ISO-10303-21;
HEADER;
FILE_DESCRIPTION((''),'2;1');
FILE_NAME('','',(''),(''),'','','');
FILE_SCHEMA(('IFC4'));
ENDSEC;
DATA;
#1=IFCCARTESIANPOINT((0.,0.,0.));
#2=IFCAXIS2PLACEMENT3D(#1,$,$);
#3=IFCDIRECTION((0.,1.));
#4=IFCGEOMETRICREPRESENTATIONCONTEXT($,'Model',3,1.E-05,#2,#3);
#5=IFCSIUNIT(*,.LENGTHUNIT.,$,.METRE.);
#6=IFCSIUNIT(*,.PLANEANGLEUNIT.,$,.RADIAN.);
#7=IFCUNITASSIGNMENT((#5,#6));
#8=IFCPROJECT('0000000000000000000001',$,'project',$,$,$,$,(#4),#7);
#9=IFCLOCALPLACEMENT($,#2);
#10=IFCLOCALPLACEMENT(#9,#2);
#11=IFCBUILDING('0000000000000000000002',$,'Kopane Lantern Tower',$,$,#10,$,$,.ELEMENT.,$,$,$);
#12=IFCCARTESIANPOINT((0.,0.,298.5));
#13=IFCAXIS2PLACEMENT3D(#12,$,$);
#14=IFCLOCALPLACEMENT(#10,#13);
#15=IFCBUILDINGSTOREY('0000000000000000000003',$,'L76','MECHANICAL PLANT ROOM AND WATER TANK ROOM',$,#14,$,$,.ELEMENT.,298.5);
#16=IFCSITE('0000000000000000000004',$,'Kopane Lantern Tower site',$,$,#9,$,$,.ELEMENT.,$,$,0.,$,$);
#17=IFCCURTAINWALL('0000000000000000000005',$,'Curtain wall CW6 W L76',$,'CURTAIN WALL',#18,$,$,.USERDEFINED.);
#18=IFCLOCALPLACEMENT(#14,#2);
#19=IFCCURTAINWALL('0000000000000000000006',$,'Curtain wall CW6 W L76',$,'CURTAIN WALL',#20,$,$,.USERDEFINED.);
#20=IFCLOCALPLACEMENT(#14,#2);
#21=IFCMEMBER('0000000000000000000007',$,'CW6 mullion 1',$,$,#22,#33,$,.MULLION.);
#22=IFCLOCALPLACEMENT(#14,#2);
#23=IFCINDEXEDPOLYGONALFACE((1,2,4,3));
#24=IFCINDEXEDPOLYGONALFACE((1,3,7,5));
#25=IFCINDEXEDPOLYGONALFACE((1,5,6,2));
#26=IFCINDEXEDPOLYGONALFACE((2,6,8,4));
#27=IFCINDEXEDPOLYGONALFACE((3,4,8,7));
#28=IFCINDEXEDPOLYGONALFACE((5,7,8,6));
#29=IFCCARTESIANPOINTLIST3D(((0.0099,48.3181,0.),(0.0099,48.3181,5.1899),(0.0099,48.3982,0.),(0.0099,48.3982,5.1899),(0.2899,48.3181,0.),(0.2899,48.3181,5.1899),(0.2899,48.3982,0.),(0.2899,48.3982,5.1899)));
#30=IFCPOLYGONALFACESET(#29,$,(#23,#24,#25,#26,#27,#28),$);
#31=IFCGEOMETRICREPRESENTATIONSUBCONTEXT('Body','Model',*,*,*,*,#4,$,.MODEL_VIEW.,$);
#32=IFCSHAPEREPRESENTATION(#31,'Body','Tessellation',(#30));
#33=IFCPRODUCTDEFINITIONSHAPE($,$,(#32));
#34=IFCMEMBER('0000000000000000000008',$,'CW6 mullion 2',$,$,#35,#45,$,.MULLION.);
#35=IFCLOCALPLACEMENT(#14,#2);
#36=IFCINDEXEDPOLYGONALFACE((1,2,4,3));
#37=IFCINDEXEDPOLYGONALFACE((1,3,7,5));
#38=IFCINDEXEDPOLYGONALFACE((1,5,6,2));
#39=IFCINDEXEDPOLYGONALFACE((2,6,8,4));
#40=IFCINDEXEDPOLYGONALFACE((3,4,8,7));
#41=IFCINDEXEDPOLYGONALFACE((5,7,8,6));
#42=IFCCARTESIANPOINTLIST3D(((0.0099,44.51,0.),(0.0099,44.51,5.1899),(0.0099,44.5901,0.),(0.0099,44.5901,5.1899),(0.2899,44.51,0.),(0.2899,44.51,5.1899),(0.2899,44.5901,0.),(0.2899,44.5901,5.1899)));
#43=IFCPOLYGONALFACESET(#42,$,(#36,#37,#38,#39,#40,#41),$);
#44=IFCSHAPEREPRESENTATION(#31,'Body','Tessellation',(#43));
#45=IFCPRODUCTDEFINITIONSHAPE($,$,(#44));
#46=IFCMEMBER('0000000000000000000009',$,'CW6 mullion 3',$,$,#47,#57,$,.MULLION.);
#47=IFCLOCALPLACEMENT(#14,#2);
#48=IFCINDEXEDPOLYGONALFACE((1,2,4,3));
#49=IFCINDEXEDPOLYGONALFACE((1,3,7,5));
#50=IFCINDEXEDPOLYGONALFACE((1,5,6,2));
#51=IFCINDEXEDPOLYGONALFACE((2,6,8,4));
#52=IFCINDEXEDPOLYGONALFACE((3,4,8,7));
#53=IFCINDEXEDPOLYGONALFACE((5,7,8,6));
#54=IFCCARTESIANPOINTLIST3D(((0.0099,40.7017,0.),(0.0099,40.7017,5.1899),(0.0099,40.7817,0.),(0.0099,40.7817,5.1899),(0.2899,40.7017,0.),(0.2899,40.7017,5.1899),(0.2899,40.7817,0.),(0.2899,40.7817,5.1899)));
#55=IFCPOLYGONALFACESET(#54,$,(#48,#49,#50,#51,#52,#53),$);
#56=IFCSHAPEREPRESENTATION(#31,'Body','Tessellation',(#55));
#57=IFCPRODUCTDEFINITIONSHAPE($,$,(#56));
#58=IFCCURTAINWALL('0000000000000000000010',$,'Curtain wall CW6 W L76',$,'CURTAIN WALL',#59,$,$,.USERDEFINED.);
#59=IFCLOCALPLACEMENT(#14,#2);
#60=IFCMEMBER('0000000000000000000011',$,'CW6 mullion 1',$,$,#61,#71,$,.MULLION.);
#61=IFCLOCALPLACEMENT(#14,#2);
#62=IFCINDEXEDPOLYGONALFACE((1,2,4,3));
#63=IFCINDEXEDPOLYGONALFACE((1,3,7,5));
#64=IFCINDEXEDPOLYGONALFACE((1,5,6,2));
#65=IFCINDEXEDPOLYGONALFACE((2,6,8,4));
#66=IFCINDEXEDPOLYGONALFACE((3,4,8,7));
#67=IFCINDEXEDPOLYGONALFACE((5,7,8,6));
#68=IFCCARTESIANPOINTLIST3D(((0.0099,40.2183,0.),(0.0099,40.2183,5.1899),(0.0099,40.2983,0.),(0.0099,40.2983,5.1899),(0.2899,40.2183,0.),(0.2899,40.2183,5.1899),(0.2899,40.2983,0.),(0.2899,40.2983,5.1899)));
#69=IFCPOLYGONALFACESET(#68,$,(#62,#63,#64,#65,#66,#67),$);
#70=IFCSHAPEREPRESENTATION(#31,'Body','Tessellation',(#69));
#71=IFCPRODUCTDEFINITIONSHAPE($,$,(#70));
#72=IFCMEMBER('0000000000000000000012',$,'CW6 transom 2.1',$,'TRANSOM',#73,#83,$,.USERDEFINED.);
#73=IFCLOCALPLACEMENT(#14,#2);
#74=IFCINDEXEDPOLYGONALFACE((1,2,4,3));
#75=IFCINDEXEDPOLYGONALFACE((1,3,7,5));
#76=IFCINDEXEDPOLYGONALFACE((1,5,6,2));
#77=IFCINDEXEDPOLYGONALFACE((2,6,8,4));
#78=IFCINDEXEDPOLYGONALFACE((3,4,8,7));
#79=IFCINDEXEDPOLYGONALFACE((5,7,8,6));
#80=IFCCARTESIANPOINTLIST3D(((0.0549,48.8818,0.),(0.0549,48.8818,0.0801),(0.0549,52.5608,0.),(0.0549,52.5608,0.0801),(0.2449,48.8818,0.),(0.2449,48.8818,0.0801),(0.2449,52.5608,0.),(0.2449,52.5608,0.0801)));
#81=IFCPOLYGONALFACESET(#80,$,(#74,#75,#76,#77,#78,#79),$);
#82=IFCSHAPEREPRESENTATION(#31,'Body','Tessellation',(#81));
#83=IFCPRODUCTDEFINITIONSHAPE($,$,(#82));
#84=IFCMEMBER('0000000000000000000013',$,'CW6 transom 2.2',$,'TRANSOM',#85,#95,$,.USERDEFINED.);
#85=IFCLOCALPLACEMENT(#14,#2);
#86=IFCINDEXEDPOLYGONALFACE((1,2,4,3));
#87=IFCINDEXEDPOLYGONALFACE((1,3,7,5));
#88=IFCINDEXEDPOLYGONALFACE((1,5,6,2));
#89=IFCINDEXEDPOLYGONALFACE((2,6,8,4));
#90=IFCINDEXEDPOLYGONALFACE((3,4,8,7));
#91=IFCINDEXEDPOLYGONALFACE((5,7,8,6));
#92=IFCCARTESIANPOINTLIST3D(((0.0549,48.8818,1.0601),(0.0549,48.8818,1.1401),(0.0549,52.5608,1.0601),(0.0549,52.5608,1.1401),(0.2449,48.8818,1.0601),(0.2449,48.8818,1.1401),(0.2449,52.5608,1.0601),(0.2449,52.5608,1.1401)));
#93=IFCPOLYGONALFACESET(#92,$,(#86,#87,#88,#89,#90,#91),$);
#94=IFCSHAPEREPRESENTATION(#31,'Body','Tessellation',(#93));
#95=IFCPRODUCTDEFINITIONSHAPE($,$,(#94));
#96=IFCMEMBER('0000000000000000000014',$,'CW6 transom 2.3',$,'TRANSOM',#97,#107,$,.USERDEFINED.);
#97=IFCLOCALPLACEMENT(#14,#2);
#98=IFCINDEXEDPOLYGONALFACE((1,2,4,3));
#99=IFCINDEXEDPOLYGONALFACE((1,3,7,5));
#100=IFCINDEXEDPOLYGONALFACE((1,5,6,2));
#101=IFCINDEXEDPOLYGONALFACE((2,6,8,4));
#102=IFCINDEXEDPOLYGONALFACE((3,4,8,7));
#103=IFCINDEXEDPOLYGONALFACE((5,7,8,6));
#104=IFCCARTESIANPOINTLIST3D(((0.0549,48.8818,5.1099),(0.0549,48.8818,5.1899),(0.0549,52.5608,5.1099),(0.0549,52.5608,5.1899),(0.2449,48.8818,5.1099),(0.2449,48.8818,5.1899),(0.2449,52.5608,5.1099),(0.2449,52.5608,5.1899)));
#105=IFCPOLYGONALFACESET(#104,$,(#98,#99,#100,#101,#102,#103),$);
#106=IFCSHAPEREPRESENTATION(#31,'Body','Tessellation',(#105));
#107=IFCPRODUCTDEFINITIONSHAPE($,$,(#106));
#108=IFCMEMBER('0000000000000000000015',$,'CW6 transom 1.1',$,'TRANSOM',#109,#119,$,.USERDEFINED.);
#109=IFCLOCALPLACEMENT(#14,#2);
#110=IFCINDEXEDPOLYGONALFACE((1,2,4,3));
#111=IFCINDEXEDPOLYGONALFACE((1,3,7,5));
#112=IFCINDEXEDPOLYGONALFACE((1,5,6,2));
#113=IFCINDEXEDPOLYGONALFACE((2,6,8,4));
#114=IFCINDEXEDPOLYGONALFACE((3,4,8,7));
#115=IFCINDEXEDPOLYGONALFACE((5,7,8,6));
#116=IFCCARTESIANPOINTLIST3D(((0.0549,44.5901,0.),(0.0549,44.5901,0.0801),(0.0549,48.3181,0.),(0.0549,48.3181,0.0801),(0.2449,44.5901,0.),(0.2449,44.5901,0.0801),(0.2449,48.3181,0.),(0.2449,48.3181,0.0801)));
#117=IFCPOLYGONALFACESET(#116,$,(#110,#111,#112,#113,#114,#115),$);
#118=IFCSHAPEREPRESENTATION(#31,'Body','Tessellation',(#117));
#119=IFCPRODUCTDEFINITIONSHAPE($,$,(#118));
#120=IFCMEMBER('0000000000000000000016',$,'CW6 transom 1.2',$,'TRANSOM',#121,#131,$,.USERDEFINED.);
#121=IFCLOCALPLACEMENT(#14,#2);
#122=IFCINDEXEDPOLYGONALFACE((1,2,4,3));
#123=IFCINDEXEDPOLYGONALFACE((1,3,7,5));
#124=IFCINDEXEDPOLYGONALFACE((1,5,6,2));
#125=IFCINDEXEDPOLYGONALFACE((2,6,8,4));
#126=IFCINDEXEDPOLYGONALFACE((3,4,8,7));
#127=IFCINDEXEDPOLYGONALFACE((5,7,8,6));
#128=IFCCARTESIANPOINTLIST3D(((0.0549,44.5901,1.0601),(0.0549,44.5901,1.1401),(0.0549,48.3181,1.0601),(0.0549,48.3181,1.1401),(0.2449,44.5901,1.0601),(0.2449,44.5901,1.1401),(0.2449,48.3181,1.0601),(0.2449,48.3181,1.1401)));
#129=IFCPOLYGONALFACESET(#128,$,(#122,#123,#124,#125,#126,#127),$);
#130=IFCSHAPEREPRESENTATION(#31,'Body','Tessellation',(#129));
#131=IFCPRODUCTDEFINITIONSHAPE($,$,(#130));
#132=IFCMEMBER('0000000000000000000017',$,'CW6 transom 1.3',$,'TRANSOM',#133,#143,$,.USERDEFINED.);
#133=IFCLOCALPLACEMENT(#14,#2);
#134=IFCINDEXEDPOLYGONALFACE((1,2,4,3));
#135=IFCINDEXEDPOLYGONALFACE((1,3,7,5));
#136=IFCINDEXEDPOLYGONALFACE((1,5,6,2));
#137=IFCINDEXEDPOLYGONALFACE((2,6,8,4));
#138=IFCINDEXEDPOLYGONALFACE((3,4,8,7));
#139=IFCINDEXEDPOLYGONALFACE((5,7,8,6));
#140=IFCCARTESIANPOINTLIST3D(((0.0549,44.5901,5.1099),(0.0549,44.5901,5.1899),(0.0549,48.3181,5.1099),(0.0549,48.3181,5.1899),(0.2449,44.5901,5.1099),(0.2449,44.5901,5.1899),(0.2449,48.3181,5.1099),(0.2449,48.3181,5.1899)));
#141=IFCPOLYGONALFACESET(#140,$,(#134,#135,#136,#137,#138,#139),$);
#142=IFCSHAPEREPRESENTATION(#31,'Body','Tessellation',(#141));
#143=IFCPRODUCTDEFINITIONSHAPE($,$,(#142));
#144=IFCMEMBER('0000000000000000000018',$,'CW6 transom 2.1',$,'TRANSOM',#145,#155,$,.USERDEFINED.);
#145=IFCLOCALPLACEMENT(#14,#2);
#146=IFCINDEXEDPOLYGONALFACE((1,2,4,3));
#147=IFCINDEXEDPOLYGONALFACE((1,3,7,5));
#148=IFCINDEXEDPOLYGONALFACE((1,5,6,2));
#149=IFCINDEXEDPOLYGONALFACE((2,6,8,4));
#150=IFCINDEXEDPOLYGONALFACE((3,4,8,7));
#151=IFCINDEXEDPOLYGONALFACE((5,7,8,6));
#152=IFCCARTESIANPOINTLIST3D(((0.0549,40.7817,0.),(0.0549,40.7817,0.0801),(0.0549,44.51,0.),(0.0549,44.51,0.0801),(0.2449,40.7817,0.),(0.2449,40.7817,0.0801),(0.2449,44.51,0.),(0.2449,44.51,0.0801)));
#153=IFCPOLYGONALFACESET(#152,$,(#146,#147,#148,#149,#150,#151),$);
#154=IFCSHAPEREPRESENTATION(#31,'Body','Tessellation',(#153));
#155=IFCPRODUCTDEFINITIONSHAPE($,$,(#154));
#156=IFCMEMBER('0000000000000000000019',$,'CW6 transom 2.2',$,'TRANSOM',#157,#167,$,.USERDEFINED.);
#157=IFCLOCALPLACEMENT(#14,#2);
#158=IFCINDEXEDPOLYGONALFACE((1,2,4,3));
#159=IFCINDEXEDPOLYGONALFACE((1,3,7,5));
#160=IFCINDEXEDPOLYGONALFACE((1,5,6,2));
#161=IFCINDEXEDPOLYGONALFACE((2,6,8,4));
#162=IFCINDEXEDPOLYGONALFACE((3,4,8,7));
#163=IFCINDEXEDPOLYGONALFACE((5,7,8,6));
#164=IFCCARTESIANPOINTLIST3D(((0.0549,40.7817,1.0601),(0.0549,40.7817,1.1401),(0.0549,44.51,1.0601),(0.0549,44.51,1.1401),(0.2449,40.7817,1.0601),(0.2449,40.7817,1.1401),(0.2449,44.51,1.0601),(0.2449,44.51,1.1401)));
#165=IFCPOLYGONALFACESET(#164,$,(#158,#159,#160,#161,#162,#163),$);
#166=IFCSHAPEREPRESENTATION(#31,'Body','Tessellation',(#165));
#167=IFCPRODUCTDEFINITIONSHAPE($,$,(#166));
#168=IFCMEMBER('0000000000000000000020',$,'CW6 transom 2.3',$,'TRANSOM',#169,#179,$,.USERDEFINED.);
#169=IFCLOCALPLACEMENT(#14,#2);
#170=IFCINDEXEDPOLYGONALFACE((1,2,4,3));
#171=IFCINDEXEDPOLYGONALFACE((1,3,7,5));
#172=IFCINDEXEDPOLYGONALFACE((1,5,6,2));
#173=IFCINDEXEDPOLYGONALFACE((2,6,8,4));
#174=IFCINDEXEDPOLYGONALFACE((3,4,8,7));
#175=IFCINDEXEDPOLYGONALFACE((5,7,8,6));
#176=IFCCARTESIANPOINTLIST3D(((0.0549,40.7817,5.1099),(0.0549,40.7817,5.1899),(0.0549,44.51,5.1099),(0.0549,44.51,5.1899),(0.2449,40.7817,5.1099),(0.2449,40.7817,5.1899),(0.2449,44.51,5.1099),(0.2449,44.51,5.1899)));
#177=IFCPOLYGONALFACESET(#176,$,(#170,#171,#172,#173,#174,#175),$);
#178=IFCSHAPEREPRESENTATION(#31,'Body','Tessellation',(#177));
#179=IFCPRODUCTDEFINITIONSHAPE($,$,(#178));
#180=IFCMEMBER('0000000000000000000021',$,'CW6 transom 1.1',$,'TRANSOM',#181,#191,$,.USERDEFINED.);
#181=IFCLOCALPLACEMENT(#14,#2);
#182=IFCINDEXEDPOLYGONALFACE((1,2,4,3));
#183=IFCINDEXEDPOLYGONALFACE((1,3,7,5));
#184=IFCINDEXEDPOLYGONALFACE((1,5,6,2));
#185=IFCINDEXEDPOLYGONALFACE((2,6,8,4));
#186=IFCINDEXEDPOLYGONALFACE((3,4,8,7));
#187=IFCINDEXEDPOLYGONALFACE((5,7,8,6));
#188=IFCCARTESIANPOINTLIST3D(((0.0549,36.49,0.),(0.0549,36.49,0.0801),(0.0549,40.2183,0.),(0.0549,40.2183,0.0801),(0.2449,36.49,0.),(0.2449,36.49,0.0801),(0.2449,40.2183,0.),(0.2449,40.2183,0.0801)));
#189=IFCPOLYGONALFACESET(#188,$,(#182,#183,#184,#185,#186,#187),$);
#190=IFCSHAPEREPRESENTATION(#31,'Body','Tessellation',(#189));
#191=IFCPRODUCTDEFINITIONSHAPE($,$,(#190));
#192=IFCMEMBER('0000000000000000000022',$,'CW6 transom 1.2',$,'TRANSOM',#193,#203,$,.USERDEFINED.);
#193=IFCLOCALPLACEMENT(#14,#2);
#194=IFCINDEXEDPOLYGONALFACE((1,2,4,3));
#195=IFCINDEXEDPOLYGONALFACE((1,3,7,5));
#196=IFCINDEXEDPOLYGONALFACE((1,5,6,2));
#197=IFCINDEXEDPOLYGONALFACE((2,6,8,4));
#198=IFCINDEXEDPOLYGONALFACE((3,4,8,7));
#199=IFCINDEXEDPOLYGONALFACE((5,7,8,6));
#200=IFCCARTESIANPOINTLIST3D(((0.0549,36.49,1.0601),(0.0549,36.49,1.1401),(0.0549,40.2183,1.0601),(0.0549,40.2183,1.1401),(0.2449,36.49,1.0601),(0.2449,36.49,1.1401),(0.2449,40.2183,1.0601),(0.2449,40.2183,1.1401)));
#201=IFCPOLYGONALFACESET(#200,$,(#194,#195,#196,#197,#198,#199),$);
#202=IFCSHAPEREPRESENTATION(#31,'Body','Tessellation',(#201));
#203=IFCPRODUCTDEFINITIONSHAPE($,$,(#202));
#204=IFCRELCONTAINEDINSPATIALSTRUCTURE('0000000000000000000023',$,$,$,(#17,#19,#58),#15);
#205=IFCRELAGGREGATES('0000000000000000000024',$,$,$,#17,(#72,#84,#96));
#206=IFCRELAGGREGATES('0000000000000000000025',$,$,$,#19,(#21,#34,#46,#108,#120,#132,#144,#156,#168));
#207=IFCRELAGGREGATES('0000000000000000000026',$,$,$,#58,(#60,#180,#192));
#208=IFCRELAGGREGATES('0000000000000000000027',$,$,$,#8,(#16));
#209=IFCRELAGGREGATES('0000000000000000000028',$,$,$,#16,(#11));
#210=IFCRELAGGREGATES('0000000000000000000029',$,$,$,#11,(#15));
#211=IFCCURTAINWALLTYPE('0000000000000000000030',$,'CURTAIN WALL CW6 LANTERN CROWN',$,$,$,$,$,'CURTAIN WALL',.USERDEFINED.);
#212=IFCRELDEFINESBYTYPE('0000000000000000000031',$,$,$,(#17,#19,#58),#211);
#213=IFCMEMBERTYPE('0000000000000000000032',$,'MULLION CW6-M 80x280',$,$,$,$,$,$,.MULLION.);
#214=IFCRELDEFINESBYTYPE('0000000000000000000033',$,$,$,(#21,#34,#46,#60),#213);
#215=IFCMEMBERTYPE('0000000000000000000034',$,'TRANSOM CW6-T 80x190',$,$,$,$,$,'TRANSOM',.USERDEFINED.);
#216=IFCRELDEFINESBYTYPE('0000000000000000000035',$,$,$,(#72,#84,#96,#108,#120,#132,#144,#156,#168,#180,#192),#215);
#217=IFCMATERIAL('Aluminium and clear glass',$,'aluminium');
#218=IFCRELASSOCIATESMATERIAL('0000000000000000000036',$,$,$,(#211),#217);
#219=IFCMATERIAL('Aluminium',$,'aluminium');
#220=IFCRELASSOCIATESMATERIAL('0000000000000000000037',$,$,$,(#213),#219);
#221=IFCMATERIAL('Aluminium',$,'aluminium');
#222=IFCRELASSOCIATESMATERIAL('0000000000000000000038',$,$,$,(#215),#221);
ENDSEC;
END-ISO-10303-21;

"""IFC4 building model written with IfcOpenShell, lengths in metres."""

from ifc_helpers import new_model, si_unit, direction, frame, origin, origin_2d, place, context, subcontext, project, spatial, rectangle, extrude, material, material_profile, profile_set, type_object, element, aggregate, save


model = new_model("IFC4")

# Units and contexts
model_context = context("Model", 3, precision=1e-05, world=origin(), true_north=direction((0.0, 1.0)))
body_context = subcontext(model_context, "Body", "Model", "MODEL_VIEW")
ifc_project = project(units=[si_unit("LENGTHUNIT", "METRE"), si_unit("PLANEANGLEUNIT", "RADIAN")], contexts=[model_context])

# Site, building, storey
site_placement = place(None, origin())
site = spatial("IfcSite", under=ifc_project, at=site_placement, Name="Kopane Lantern Tower site", CompositionType="ELEMENT", RefElevation=0.0)
building_placement = place(site_placement, origin())
building = spatial("IfcBuilding", under=site, at=building_placement, Name="Kopane Lantern Tower", CompositionType="ELEMENT")
storey_placement = place(building_placement, frame((0.0, 0.0, 298.5)))
storey = spatial("IfcBuildingStorey", under=building, at=storey_placement, Name="L76", Description="MECHANICAL PLANT ROOM AND WATER TANK ROOM", CompositionType="ELEMENT", Elevation=298.5)

# Curtain wall
ifc_material_1 = material(Name="Aluminium and clear glass", Category="aluminium")
curtain_wall_type = type_object("IfcCurtainWallType", Name="CURTAIN WALL CW6 LANTERN CROWN", ElementType="CURTAIN WALL", PredefinedType="USERDEFINED", material=ifc_material_1)
curtain_wall_1_placement = place(storey_placement, origin())
curtain_wall_1 = element("IfcCurtainWall", 1, at=curtain_wall_1_placement, inside=storey, type_object=curtain_wall_type, Name="Curtain wall CW6 W L76", ObjectType="CURTAIN WALL", PredefinedType="USERDEFINED")
ifc_material_2 = material(Name="Aluminium", Category="aluminium")
ifc_material_profile_1 = material_profile(ifc_material_2, rectangle(XDim=0.0801, YDim=0.28, at=origin_2d()), Name="AL 80x280")
ifc_profile_set_1 = profile_set([ifc_material_profile_1], Name="Aluminium")
member_type_1 = type_object("IfcMemberType", Name="MULLION CW6-M 80x280", PredefinedType="MULLION", material=ifc_profile_set_1)

# Curtain wall, members
curtain_wall_2_placement = place(storey_placement, origin())
curtain_wall_2 = element("IfcCurtainWall", 2, at=curtain_wall_2_placement, inside=storey, type_object=curtain_wall_type, Name="Curtain wall CW6 W L76", ObjectType="CURTAIN WALL", PredefinedType="USERDEFINED")
member_1_placement = place(storey_placement, frame((0.1499, 48.3582, 0.0), z_axis=(0.0, 0.0, 1.0), x_axis=(0.0, -1.0, 0.0)))
member_1 = element("IfcMember", 3, at=member_1_placement, type_object=member_type_1, Name="CW6 mullion 1", PredefinedType="MULLION", context=body_context, shape_type="SweptSolid", body=[
    extrude(rectangle(XDim=0.0801, YDim=0.28, at=origin_2d()), origin(), (0.0, 0.0, 1.0), 5.1899),
])
member_2_placement = place(storey_placement, frame((0.1499, 44.55, 0.0), z_axis=(0.0, 0.0, 1.0), x_axis=(0.0, -1.0, 0.0)))
member_2 = element("IfcMember", 4, at=member_2_placement, type_object=member_type_1, Name="CW6 mullion 2", PredefinedType="MULLION", context=body_context, shape_type="SweptSolid", body=[
    extrude(rectangle(XDim=0.0801, YDim=0.28, at=origin_2d()), origin(), (0.0, 0.0, 1.0), 5.1899),
])
member_3_placement = place(storey_placement, frame((0.1499, 40.7417, 0.0), z_axis=(0.0, 0.0, 1.0), x_axis=(0.0, -1.0, 0.0)))
member_3 = element("IfcMember", 5, at=member_3_placement, type_object=member_type_1, Name="CW6 mullion 3", PredefinedType="MULLION", context=body_context, shape_type="SweptSolid", body=[
    extrude(rectangle(XDim=0.0801, YDim=0.28, at=origin_2d()), origin(), (0.0, 0.0, 1.0), 5.1899),
])

# Curtain wall, member
curtain_wall_3_placement = place(storey_placement, origin())
curtain_wall_3 = element("IfcCurtainWall", 6, at=curtain_wall_3_placement, inside=storey, type_object=curtain_wall_type, Name="Curtain wall CW6 W L76", ObjectType="CURTAIN WALL", PredefinedType="USERDEFINED")
member_4_placement = place(storey_placement, frame((0.1499, 40.2583, 0.0), z_axis=(0.0, 0.0, 1.0), x_axis=(0.0, -1.0, 0.0)))
member_4 = element("IfcMember", 7, at=member_4_placement, type_object=member_type_1, Name="CW6 mullion 1", PredefinedType="MULLION", context=body_context, shape_type="SweptSolid", body=[
    extrude(rectangle(XDim=0.0801, YDim=0.28, at=origin_2d()), origin(), (0.0, 0.0, 1.0), 5.1899),
])

# Members
ifc_material_3 = material(Name="Aluminium", Category="aluminium")
ifc_material_profile_2 = material_profile(ifc_material_3, rectangle(XDim=0.1899, YDim=0.0801, at=origin_2d()), Name="AL 190x80")
ifc_profile_set_2 = profile_set([ifc_material_profile_2], Name="Aluminium")
member_type_2 = type_object("IfcMemberType", Name="TRANSOM CW6-T 80x190", ElementType="TRANSOM", PredefinedType="USERDEFINED", material=ifc_profile_set_2)
member_5_placement = place(storey_placement, frame((0.1499, 52.5608, 0.04), z_axis=(0.0, -1.0, 0.0), x_axis=(1.0, 0.0, 0.0)))
member_5 = element("IfcMember", 8, at=member_5_placement, type_object=member_type_2, Name="CW6 transom 2.1", ObjectType="TRANSOM", PredefinedType="USERDEFINED", context=body_context, shape_type="SweptSolid", body=[
    extrude(rectangle(XDim=0.1899, YDim=0.0801, at=origin_2d()), origin(), (0.0, 0.0, 1.0), 3.679),
])
member_6_placement = place(storey_placement, frame((0.1499, 52.5608, 1.1001), z_axis=(0.0, -1.0, 0.0), x_axis=(1.0, 0.0, 0.0)))
member_6 = element("IfcMember", 9, at=member_6_placement, type_object=member_type_2, Name="CW6 transom 2.2", ObjectType="TRANSOM", PredefinedType="USERDEFINED", context=body_context, shape_type="SweptSolid", body=[
    extrude(rectangle(XDim=0.1899, YDim=0.0801, at=origin_2d()), origin(), (0.0, 0.0, 1.0), 3.679),
])
member_7_placement = place(storey_placement, frame((0.1499, 52.5608, 5.1499), z_axis=(0.0, -1.0, 0.0), x_axis=(1.0, 0.0, 0.0)))
member_7 = element("IfcMember", 10, at=member_7_placement, type_object=member_type_2, Name="CW6 transom 2.3", ObjectType="TRANSOM", PredefinedType="USERDEFINED", context=body_context, shape_type="SweptSolid", body=[
    extrude(rectangle(XDim=0.1899, YDim=0.0801, at=origin_2d()), origin(), (0.0, 0.0, 1.0), 3.679),
])
member_8_placement = place(storey_placement, frame((0.1499, 48.3181, 0.04), z_axis=(0.0, -1.0, 0.0), x_axis=(1.0, 0.0, 0.0)))
member_8 = element("IfcMember", 11, at=member_8_placement, type_object=member_type_2, Name="CW6 transom 1.1", ObjectType="TRANSOM", PredefinedType="USERDEFINED", context=body_context, shape_type="SweptSolid", body=[
    extrude(rectangle(XDim=0.1899, YDim=0.0801, at=origin_2d()), origin(), (0.0, 0.0, 1.0), 3.728),
])
member_9_placement = place(storey_placement, frame((0.1499, 48.3181, 1.1001), z_axis=(0.0, -1.0, 0.0), x_axis=(1.0, 0.0, 0.0)))
member_9 = element("IfcMember", 12, at=member_9_placement, type_object=member_type_2, Name="CW6 transom 1.2", ObjectType="TRANSOM", PredefinedType="USERDEFINED", context=body_context, shape_type="SweptSolid", body=[
    extrude(rectangle(XDim=0.1899, YDim=0.0801, at=origin_2d()), origin(), (0.0, 0.0, 1.0), 3.728),
])
member_10_placement = place(storey_placement, frame((0.1499, 48.3181, 5.1499), z_axis=(0.0, -1.0, 0.0), x_axis=(1.0, 0.0, 0.0)))
member_10 = element("IfcMember", 13, at=member_10_placement, type_object=member_type_2, Name="CW6 transom 1.3", ObjectType="TRANSOM", PredefinedType="USERDEFINED", context=body_context, shape_type="SweptSolid", body=[
    extrude(rectangle(XDim=0.1899, YDim=0.0801, at=origin_2d()), origin(), (0.0, 0.0, 1.0), 3.728),
])
member_11_placement = place(storey_placement, frame((0.1499, 44.51, 0.04), z_axis=(0.0, -1.0, 0.0), x_axis=(1.0, 0.0, 0.0)))
member_11 = element("IfcMember", 14, at=member_11_placement, type_object=member_type_2, Name="CW6 transom 2.1", ObjectType="TRANSOM", PredefinedType="USERDEFINED", context=body_context, shape_type="SweptSolid", body=[
    extrude(rectangle(XDim=0.1899, YDim=0.0801, at=origin_2d()), origin(), (0.0, 0.0, 1.0), 3.7283),
])
member_12_placement = place(storey_placement, frame((0.1499, 44.51, 1.1001), z_axis=(0.0, -1.0, 0.0), x_axis=(1.0, 0.0, 0.0)))
member_12 = element("IfcMember", 15, at=member_12_placement, type_object=member_type_2, Name="CW6 transom 2.2", ObjectType="TRANSOM", PredefinedType="USERDEFINED", context=body_context, shape_type="SweptSolid", body=[
    extrude(rectangle(XDim=0.1899, YDim=0.0801, at=origin_2d()), origin(), (0.0, 0.0, 1.0), 3.7283),
])
member_13_placement = place(storey_placement, frame((0.1499, 44.51, 5.1499), z_axis=(0.0, -1.0, 0.0), x_axis=(1.0, 0.0, 0.0)))
member_13 = element("IfcMember", 16, at=member_13_placement, type_object=member_type_2, Name="CW6 transom 2.3", ObjectType="TRANSOM", PredefinedType="USERDEFINED", context=body_context, shape_type="SweptSolid", body=[
    extrude(rectangle(XDim=0.1899, YDim=0.0801, at=origin_2d()), origin(), (0.0, 0.0, 1.0), 3.7283),
])
member_14_placement = place(storey_placement, frame((0.1499, 40.2183, 0.04), z_axis=(0.0, -1.0, 0.0), x_axis=(1.0, 0.0, 0.0)))
member_14 = element("IfcMember", 17, at=member_14_placement, type_object=member_type_2, Name="CW6 transom 1.1", ObjectType="TRANSOM", PredefinedType="USERDEFINED", context=body_context, shape_type="SweptSolid", body=[
    extrude(rectangle(XDim=0.1899, YDim=0.0801, at=origin_2d()), origin(), (0.0, 0.0, 1.0), 3.7283),
])
member_15_placement = place(storey_placement, frame((0.1499, 40.2183, 1.1001), z_axis=(0.0, -1.0, 0.0), x_axis=(1.0, 0.0, 0.0)))
member_15 = element("IfcMember", 18, at=member_15_placement, type_object=member_type_2, Name="CW6 transom 1.2", ObjectType="TRANSOM", PredefinedType="USERDEFINED", context=body_context, shape_type="SweptSolid", body=[
    extrude(rectangle(XDim=0.1899, YDim=0.0801, at=origin_2d()), origin(), (0.0, 0.0, 1.0), 3.7283),
])

aggregate(curtain_wall_1, [member_5, member_6, member_7])
aggregate(curtain_wall_2, [member_1, member_2, member_3, member_8, member_9, member_10, member_11, member_12, member_13])
aggregate(curtain_wall_3, [member_4, member_14, member_15])

save(model, "model.ifc")
